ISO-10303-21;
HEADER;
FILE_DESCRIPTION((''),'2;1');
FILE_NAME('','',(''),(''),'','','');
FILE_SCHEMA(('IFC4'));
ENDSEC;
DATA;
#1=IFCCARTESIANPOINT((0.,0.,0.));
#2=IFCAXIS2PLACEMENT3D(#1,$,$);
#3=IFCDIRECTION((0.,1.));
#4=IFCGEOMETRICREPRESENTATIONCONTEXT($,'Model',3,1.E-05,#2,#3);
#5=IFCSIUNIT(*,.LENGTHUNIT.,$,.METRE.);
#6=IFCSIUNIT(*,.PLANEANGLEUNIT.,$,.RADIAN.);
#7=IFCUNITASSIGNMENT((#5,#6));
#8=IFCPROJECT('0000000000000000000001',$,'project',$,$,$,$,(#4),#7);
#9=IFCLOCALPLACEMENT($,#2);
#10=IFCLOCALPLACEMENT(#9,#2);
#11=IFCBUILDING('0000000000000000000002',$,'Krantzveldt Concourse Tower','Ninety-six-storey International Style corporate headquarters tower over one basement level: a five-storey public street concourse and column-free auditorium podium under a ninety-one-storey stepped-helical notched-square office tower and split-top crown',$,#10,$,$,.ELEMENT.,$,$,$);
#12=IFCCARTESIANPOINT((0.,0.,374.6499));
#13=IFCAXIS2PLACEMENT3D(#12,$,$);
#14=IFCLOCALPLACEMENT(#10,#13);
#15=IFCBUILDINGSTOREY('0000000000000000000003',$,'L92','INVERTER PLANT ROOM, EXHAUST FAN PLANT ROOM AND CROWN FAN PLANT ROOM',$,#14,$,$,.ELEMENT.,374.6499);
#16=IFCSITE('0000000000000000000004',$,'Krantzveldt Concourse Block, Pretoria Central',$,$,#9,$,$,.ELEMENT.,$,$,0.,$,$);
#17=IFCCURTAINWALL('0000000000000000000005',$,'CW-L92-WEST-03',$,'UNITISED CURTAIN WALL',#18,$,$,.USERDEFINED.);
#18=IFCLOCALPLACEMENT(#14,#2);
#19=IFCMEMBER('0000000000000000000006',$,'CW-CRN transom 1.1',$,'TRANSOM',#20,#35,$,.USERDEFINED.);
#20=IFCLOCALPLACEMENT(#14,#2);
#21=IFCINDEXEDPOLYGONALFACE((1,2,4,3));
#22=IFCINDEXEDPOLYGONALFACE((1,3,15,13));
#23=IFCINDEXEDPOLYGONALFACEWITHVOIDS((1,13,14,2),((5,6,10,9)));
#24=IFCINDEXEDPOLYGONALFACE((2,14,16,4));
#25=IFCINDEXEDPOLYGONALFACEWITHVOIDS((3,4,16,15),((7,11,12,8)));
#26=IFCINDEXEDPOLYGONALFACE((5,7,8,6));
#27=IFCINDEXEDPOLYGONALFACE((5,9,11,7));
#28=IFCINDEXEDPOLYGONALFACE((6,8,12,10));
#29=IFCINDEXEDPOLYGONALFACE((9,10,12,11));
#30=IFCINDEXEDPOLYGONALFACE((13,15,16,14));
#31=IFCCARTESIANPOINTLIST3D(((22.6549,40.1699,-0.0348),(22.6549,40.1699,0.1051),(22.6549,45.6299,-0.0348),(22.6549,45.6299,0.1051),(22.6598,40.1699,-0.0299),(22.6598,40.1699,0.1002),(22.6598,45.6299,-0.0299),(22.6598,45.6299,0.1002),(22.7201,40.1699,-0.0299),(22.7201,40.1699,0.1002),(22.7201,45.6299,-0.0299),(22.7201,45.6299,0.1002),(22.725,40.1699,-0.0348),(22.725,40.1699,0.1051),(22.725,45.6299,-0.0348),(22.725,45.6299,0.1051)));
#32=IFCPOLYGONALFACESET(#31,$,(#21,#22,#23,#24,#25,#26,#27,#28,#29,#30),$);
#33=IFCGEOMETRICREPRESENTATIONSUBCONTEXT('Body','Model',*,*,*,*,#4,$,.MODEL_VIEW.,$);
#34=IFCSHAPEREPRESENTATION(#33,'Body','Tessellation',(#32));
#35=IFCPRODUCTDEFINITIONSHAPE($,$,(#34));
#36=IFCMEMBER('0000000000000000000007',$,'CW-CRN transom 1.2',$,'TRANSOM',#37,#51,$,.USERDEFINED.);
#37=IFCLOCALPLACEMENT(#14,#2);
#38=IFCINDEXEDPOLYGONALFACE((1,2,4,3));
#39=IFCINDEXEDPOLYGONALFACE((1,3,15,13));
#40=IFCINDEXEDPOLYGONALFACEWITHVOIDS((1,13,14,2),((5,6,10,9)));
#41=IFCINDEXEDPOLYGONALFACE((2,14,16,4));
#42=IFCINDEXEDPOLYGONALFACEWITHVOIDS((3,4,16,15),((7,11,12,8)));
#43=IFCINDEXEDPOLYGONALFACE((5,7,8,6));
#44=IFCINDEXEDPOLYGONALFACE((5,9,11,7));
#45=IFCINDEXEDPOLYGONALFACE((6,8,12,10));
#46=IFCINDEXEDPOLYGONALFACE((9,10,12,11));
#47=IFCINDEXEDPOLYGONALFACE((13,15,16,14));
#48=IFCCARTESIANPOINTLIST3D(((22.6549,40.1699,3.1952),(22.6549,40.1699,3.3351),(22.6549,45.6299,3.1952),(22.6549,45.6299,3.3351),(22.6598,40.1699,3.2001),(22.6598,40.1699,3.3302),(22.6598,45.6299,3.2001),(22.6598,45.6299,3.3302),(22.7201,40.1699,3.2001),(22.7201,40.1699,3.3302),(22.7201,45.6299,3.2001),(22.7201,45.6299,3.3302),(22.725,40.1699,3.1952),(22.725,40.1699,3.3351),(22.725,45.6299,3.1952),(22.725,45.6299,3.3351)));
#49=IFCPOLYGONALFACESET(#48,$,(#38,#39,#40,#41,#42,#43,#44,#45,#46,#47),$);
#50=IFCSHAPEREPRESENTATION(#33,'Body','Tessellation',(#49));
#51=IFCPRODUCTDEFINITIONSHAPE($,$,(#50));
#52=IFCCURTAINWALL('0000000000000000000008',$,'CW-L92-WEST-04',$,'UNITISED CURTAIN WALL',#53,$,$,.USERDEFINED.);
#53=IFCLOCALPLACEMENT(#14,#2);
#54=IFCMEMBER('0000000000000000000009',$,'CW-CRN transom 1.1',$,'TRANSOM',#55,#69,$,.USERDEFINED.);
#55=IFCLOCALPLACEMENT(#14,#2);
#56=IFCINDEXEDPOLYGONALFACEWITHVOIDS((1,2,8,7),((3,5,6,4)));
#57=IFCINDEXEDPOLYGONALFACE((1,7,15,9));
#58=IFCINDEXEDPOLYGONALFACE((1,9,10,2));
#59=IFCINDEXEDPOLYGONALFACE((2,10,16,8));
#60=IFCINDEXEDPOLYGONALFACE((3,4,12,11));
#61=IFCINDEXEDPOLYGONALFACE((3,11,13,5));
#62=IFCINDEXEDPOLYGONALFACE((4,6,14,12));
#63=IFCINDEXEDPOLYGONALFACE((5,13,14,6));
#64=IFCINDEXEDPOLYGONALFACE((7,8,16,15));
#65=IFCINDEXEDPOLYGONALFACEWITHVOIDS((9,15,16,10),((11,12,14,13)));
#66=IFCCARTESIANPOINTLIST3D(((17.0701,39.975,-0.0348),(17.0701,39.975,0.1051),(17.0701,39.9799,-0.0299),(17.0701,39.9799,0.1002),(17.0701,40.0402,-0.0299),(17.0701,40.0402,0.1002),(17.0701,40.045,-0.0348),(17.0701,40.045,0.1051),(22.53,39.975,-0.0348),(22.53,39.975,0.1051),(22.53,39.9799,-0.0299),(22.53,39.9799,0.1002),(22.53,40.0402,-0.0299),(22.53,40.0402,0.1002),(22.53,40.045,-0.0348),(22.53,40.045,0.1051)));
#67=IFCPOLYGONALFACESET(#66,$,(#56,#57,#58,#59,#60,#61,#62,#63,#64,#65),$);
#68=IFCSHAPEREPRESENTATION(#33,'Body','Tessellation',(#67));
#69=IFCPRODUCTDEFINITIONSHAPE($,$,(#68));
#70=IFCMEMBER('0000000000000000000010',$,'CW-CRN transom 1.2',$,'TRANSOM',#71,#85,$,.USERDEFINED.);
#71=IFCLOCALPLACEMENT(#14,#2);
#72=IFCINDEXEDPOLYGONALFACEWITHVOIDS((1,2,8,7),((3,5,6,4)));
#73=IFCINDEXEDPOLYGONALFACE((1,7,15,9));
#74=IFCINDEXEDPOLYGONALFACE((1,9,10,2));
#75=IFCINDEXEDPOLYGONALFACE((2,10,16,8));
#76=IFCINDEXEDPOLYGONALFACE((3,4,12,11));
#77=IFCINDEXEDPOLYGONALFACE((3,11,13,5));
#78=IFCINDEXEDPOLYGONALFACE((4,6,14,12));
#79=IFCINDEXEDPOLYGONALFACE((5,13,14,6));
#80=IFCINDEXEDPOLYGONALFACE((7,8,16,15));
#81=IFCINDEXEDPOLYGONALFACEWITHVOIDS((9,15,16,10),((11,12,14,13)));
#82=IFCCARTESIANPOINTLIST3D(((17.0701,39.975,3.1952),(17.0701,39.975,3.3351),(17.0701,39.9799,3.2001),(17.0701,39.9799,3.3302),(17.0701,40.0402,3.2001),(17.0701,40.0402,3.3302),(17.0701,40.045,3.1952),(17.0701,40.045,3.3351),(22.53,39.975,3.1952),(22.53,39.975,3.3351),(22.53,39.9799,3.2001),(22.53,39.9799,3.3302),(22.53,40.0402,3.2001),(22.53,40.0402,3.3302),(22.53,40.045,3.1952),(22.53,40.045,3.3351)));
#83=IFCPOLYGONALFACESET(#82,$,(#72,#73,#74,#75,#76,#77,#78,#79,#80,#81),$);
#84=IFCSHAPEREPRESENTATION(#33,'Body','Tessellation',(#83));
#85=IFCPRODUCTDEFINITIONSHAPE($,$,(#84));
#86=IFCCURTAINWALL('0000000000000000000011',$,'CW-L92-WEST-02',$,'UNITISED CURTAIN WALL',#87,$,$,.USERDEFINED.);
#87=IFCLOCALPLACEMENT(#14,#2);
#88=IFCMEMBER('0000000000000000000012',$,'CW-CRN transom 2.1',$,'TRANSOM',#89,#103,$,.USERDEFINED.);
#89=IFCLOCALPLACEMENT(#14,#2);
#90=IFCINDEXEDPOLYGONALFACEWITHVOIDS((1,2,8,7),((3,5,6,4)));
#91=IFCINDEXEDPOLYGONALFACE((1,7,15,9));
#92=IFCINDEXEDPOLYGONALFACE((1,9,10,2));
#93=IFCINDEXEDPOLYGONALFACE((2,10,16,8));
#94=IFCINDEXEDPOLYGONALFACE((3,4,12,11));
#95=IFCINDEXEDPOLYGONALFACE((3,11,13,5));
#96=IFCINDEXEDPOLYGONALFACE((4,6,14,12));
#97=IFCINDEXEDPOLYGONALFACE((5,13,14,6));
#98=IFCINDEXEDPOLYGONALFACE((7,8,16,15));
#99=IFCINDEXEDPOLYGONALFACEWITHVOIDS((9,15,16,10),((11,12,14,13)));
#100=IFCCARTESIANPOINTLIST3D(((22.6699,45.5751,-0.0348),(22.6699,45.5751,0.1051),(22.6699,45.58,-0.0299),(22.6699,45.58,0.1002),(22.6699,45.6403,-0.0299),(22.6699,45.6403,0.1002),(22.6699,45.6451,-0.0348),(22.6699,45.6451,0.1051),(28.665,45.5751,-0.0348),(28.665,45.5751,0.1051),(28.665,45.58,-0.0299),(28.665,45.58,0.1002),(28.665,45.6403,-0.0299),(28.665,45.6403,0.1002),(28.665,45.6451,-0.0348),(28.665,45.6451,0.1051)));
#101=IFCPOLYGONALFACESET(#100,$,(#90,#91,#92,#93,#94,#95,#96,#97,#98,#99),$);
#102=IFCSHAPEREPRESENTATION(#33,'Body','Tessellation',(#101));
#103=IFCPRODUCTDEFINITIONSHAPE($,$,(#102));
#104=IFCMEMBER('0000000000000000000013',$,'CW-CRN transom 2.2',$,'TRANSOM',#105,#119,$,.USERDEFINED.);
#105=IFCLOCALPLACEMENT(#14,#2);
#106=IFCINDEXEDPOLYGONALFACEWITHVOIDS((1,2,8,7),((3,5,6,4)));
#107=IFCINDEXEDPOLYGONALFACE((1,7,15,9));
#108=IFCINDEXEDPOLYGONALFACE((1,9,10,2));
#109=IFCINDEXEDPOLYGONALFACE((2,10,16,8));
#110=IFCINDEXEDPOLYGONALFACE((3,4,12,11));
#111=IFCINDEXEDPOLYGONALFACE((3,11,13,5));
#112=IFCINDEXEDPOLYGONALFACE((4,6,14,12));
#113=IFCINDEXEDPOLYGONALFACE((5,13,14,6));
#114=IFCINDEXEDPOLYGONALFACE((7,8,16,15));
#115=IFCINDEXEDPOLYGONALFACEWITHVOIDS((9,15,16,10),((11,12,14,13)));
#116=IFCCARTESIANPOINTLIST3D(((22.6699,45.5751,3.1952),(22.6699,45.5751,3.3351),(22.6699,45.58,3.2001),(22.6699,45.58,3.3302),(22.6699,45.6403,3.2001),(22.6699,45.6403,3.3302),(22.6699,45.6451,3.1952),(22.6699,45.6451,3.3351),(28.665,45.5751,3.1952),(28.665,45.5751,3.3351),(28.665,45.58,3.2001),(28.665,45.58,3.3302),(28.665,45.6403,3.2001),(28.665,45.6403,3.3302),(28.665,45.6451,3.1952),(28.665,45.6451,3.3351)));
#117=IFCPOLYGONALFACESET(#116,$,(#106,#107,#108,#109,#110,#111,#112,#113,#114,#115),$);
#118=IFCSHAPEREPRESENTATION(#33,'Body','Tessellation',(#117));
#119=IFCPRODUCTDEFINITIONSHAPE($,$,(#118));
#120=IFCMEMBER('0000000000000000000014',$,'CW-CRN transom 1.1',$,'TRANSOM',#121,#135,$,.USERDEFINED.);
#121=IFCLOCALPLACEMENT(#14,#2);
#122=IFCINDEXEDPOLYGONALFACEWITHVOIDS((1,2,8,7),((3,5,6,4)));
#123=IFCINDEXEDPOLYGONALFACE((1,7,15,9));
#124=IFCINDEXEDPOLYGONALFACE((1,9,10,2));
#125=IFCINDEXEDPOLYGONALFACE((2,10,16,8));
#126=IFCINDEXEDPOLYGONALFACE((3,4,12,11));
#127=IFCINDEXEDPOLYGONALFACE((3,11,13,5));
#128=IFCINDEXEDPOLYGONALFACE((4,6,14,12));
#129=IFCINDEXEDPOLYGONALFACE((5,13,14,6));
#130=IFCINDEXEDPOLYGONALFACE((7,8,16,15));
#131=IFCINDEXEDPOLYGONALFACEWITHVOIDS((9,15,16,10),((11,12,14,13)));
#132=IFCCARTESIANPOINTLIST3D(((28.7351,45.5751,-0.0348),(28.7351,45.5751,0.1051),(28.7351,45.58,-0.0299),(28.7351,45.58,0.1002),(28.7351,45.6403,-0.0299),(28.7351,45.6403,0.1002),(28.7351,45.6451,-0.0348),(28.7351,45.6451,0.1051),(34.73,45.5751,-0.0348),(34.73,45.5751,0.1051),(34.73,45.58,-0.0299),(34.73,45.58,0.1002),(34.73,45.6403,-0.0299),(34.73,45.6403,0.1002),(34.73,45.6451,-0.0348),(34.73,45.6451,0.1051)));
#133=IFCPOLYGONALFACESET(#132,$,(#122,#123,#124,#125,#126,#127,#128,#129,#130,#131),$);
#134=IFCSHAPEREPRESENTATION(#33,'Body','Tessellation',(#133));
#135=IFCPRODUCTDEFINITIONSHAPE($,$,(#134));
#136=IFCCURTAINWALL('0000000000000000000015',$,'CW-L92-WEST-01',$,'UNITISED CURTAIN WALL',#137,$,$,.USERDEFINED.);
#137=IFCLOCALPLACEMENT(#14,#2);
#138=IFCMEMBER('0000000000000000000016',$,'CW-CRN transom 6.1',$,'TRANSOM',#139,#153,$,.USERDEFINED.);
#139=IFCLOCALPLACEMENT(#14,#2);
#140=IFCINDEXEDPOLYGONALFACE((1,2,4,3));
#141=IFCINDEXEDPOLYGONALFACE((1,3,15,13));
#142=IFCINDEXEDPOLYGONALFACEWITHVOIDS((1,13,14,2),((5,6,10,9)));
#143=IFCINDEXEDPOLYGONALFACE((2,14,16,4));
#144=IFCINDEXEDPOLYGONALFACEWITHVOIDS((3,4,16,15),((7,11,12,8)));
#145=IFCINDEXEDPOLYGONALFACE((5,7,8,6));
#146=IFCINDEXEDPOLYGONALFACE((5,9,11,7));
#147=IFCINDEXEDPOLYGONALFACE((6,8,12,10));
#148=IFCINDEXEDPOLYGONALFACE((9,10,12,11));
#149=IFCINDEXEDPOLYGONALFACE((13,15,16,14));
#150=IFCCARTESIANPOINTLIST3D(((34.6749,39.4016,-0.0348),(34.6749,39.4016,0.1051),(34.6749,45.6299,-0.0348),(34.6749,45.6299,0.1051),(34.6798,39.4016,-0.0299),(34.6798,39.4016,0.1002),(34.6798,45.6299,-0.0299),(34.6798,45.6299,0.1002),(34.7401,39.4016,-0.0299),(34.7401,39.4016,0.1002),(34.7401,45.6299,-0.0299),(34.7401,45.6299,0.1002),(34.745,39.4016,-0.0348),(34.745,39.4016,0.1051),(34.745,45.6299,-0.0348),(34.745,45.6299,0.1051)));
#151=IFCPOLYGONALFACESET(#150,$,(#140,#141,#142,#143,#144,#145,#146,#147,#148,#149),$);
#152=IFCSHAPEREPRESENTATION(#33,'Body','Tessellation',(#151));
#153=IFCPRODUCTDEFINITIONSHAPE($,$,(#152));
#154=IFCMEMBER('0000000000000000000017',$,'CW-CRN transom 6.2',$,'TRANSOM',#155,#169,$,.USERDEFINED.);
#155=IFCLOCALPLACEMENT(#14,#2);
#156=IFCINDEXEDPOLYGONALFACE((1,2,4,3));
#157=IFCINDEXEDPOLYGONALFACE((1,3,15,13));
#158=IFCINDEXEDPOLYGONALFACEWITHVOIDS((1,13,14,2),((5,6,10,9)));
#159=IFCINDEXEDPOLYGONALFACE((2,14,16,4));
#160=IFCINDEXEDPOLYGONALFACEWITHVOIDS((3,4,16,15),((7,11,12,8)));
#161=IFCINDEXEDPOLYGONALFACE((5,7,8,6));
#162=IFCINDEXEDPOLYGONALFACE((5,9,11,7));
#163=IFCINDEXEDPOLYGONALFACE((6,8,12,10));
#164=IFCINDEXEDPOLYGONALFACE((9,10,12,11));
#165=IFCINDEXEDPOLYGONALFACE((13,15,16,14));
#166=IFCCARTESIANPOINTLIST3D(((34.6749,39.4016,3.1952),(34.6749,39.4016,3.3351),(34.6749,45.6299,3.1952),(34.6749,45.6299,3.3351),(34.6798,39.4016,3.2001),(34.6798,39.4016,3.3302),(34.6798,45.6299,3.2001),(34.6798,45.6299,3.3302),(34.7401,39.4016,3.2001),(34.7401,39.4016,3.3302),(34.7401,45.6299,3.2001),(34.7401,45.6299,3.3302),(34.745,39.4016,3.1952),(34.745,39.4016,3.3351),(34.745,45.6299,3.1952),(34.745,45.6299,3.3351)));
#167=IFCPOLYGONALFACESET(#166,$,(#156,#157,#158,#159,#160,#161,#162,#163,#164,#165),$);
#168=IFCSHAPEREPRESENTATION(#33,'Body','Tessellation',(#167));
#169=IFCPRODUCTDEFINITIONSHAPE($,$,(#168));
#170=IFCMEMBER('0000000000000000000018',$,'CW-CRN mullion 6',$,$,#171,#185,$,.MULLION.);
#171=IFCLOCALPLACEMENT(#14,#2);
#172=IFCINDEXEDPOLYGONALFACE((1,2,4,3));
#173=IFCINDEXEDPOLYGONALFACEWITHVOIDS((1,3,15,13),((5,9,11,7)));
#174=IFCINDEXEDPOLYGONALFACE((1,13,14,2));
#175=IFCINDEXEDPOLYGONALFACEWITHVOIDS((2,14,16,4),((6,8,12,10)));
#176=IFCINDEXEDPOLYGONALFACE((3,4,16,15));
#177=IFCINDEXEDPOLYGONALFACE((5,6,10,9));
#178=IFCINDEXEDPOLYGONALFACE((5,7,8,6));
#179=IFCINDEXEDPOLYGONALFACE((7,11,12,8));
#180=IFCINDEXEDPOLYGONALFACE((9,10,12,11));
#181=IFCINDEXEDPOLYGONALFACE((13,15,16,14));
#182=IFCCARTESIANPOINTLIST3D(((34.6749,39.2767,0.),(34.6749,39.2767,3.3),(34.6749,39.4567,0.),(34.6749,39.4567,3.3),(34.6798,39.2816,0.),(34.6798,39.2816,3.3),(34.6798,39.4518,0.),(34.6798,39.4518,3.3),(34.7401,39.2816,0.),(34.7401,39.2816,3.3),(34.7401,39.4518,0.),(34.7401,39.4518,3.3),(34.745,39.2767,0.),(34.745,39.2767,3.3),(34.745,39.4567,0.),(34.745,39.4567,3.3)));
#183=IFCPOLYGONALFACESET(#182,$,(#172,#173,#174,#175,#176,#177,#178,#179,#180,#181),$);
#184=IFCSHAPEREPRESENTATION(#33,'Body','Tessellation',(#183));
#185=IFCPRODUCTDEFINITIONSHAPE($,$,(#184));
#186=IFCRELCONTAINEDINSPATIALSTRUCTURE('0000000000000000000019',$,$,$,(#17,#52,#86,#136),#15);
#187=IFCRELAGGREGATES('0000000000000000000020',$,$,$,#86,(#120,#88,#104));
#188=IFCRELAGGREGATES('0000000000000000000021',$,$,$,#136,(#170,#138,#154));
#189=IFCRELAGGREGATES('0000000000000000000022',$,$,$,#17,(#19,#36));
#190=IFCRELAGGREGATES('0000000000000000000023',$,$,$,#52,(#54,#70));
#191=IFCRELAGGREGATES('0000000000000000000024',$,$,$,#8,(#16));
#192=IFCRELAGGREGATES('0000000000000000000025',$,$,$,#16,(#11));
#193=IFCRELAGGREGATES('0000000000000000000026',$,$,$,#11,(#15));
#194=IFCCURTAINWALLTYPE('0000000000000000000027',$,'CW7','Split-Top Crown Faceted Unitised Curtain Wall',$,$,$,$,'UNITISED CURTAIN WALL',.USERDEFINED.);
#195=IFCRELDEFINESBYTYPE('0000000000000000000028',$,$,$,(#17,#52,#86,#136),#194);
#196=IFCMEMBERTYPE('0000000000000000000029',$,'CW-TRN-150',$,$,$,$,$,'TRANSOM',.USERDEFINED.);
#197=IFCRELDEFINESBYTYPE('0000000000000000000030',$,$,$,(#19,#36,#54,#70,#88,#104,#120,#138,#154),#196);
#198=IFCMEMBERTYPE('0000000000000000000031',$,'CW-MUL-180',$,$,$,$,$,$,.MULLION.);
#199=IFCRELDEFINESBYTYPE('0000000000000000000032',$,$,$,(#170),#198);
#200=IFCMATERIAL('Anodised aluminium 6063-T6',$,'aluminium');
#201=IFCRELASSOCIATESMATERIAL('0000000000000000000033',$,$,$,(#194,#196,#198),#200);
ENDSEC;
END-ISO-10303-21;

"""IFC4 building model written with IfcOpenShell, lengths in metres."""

from ifc_helpers import new_model, si_unit, direction, frame, origin, origin_2d, place, context, subcontext, project, spatial, hollow_rectangle, extrude, source, transform, mapped, material, material_profile, profile_set, type_object, type_shapes, element, aggregate, save


model = new_model("IFC4")

# Units and contexts
model_context = context("Model", 3, precision=1e-05, world=origin(), true_north=direction((0.0, 1.0)))
body_context = subcontext(model_context, "Body", "Model", "MODEL_VIEW")
ifc_project = project(units=[si_unit("LENGTHUNIT", "METRE"), si_unit("PLANEANGLEUNIT", "RADIAN")], contexts=[model_context])

# Site, building, storey
site_placement = place(None, origin())
site = spatial("IfcSite", under=ifc_project, at=site_placement, Name="Krantzveldt Concourse Block, Pretoria Central", CompositionType="ELEMENT", RefElevation=0.0)
building_placement = place(site_placement, origin())
building = spatial("IfcBuilding", under=site, at=building_placement, Name="Krantzveldt Concourse Tower", Description="Ninety-six-storey International Style corporate headquarters tower over one basement level: a five-storey public street concourse and column-free auditorium podium under a ninety-one-storey stepped-helical notched-square office tower and split-top crown", CompositionType="ELEMENT")
storey_placement = place(building_placement, frame((0.0, 0.0, 374.6499)))
storey = spatial("IfcBuildingStorey", under=building, at=storey_placement, Name="L92", Description="INVERTER PLANT ROOM, EXHAUST FAN PLANT ROOM AND CROWN FAN PLANT ROOM", CompositionType="ELEMENT", Elevation=374.6499)

# Curtain walls, members
ifc_material_1 = material(Name="Anodised aluminium 6063-T6", Category="aluminium")
curtain_wall_type = type_object("IfcCurtainWallType", Name="CW7", Description="Split-Top Crown Faceted Unitised Curtain Wall", ElementType="UNITISED CURTAIN WALL", PredefinedType="USERDEFINED", material=ifc_material_1)
ifc_material_profile_1 = material_profile(ifc_material_1, hollow_rectangle(XDim=0.0701, YDim=0.1399, WallThickness=0.0049, at=origin_2d()), Name="Anodised aluminium 6063-T6", Category="aluminium")
ifc_profile_set_1 = profile_set([ifc_material_profile_1], Name="Anodised aluminium 6063-T6 - ALU-TRAN 140x70x5")
member_type_1 = type_object("IfcMemberType", Name="CW-TRN-150", ElementType="TRANSOM", PredefinedType="USERDEFINED", material=ifc_profile_set_1)
curtain_wall_1_placement = place(storey_placement, origin())
curtain_wall_1 = element("IfcCurtainWall", 1, at=curtain_wall_1_placement, inside=storey, type_object=curtain_wall_type, Name="CW-L92-WEST-03", ObjectType="UNITISED CURTAIN WALL", PredefinedType="USERDEFINED")
shared_shape_1 = source(origin(), body_context, "Body", "SweptSolid", [
    extrude(hollow_rectangle(XDim=0.0701, YDim=0.1399, WallThickness=0.0049, at=origin_2d()), origin(), (0.0, 0.0, 1.0), 5.46),
])
member_1_placement = place(storey_placement, frame((22.6899, 45.6299, 0.0352), z_axis=(0.0, -1.0, 0.0), x_axis=(1.0, 0.0, 0.0)))
member_1 = element("IfcMember", 2, at=member_1_placement, type_object=member_type_1, Name="CW-CRN transom 1.1", ObjectType="TRANSOM", PredefinedType="USERDEFINED", context=body_context, shape_type="MappedRepresentation", body=[
    mapped(shared_shape_1, transform((0.0, 0.0, 0.0), x_axis=(1.0, 0.0, 0.0), y_axis=(0.0, 1.0, 0.0), z_axis=(0.0, 0.0, 1.0), scale=1.0)),
])
member_2_placement = place(storey_placement, frame((22.6899, 45.6299, 3.2651), z_axis=(0.0, -1.0, 0.0), x_axis=(1.0, 0.0, 0.0)))
member_2 = element("IfcMember", 3, at=member_2_placement, type_object=member_type_1, Name="CW-CRN transom 1.2", ObjectType="TRANSOM", PredefinedType="USERDEFINED", context=body_context, shape_type="MappedRepresentation", body=[
    mapped(shared_shape_1, transform((0.0, 0.0, 0.0), x_axis=(1.0, 0.0, 0.0), y_axis=(0.0, 1.0, 0.0), z_axis=(0.0, 0.0, 1.0), scale=1.0)),
])
curtain_wall_2_placement = place(storey_placement, origin())
curtain_wall_2 = element("IfcCurtainWall", 4, at=curtain_wall_2_placement, inside=storey, type_object=curtain_wall_type, Name="CW-L92-WEST-04", ObjectType="UNITISED CURTAIN WALL", PredefinedType="USERDEFINED")
member_3_placement = place(storey_placement, frame((22.53, 40.01, 0.0352), z_axis=(-1.0, 0.0, 0.0), x_axis=(0.0, -1.0, 0.0)))
member_3 = element("IfcMember", 5, at=member_3_placement, type_object=member_type_1, Name="CW-CRN transom 1.1", ObjectType="TRANSOM", PredefinedType="USERDEFINED", context=body_context, shape_type="MappedRepresentation", body=[
    mapped(shared_shape_1, transform((0.0, 0.0, 0.0), x_axis=(1.0, 0.0, 0.0), y_axis=(0.0, 1.0, 0.0), z_axis=(0.0, 0.0, 1.0), scale=1.0)),
])
member_4_placement = place(storey_placement, frame((22.53, 40.01, 3.2651), z_axis=(-1.0, 0.0, 0.0), x_axis=(0.0, -1.0, 0.0)))
member_4 = element("IfcMember", 6, at=member_4_placement, type_object=member_type_1, Name="CW-CRN transom 1.2", ObjectType="TRANSOM", PredefinedType="USERDEFINED", context=body_context, shape_type="MappedRepresentation", body=[
    mapped(shared_shape_1, transform((0.0, 0.0, 0.0), x_axis=(1.0, 0.0, 0.0), y_axis=(0.0, 1.0, 0.0), z_axis=(0.0, 0.0, 1.0), scale=1.0)),
])
curtain_wall_3_placement = place(storey_placement, origin())
curtain_wall_3 = element("IfcCurtainWall", 7, at=curtain_wall_3_placement, inside=storey, type_object=curtain_wall_type, Name="CW-L92-WEST-02", ObjectType="UNITISED CURTAIN WALL", PredefinedType="USERDEFINED")
shared_shape_2 = source(origin(), body_context, "Body", "SweptSolid", [
    extrude(hollow_rectangle(XDim=0.0701, YDim=0.1399, WallThickness=0.0049, at=origin_2d()), origin(), (0.0, 0.0, 1.0), 5.9951),
])
member_5_placement = place(storey_placement, frame((28.665, 45.6101, 0.0352), z_axis=(-1.0, 0.0, 0.0), x_axis=(0.0, -1.0, 0.0)))
member_5 = element("IfcMember", 8, at=member_5_placement, type_object=member_type_1, Name="CW-CRN transom 2.1", ObjectType="TRANSOM", PredefinedType="USERDEFINED", context=body_context, shape_type="MappedRepresentation", body=[
    mapped(shared_shape_2, transform((0.0, 0.0, 0.0), x_axis=(1.0, 0.0, 0.0), y_axis=(0.0, 1.0, 0.0), z_axis=(0.0, 0.0, 1.0), scale=1.0)),
])
member_6_placement = place(storey_placement, frame((28.665, 45.6101, 3.2651), z_axis=(-1.0, 0.0, 0.0), x_axis=(0.0, -1.0, 0.0)))
member_6 = element("IfcMember", 9, at=member_6_placement, type_object=member_type_1, Name="CW-CRN transom 2.2", ObjectType="TRANSOM", PredefinedType="USERDEFINED", context=body_context, shape_type="MappedRepresentation", body=[
    mapped(shared_shape_2, transform((0.0, 0.0, 0.0), x_axis=(1.0, 0.0, 0.0), y_axis=(0.0, 1.0, 0.0), z_axis=(0.0, 0.0, 1.0), scale=1.0)),
])
shared_shape_3 = source(origin(), body_context, "Body", "SweptSolid", [
    extrude(hollow_rectangle(XDim=0.0701, YDim=0.1399, WallThickness=0.0049, at=origin_2d()), origin(), (0.0, 0.0, 1.0), 5.9949),
])
member_7_placement = place(storey_placement, frame((34.73, 45.6101, 0.0352), z_axis=(-1.0, 0.0, 0.0), x_axis=(0.0, -1.0, 0.0)))
member_7 = element("IfcMember", 10, at=member_7_placement, type_object=member_type_1, Name="CW-CRN transom 1.1", ObjectType="TRANSOM", PredefinedType="USERDEFINED", context=body_context, shape_type="MappedRepresentation", body=[
    mapped(shared_shape_3, transform((0.0, 0.0, 0.0), x_axis=(1.0, 0.0, 0.0), y_axis=(0.0, 1.0, 0.0), z_axis=(0.0, 0.0, 1.0), scale=1.0)),
])
curtain_wall_4_placement = place(storey_placement, origin())
curtain_wall_4 = element("IfcCurtainWall", 11, at=curtain_wall_4_placement, inside=storey, type_object=curtain_wall_type, Name="CW-L92-WEST-01", ObjectType="UNITISED CURTAIN WALL", PredefinedType="USERDEFINED")
shared_shape_4 = source(origin(), body_context, "Body", "SweptSolid", [
    extrude(hollow_rectangle(XDim=0.0701, YDim=0.1399, WallThickness=0.0049, at=origin_2d()), origin(), (0.0, 0.0, 1.0), 6.2283),
])
member_8_placement = place(storey_placement, frame((34.71, 39.4016, 0.0352), z_axis=(0.0, 1.0, 0.0), x_axis=(-1.0, 0.0, 0.0)))
member_8 = element("IfcMember", 12, at=member_8_placement, type_object=member_type_1, Name="CW-CRN transom 6.1", ObjectType="TRANSOM", PredefinedType="USERDEFINED", context=body_context, shape_type="MappedRepresentation", body=[
    mapped(shared_shape_4, transform((0.0, 0.0, 0.0), x_axis=(1.0, 0.0, 0.0), y_axis=(0.0, 1.0, 0.0), z_axis=(0.0, 0.0, 1.0), scale=1.0)),
])
member_9_placement = place(storey_placement, frame((34.71, 39.4016, 3.2651), z_axis=(0.0, 1.0, 0.0), x_axis=(-1.0, 0.0, 0.0)))
member_9 = element("IfcMember", 13, at=member_9_placement, type_object=member_type_1, Name="CW-CRN transom 6.2", ObjectType="TRANSOM", PredefinedType="USERDEFINED", context=body_context, shape_type="MappedRepresentation", body=[
    mapped(shared_shape_4, transform((0.0, 0.0, 0.0), x_axis=(1.0, 0.0, 0.0), y_axis=(0.0, 1.0, 0.0), z_axis=(0.0, 0.0, 1.0), scale=1.0)),
])
ifc_material_profile_2 = material_profile(ifc_material_1, hollow_rectangle(XDim=0.0701, YDim=0.1799, WallThickness=0.0049, at=origin_2d()), Name="Anodised aluminium 6063-T6", Category="aluminium")
ifc_profile_set_2 = profile_set([ifc_material_profile_2], Name="Anodised aluminium 6063-T6 - ALU-MULL 180x70x5")
member_type_2 = type_object("IfcMemberType", Name="CW-MUL-180", PredefinedType="MULLION", material=ifc_profile_set_2)
shared_shape_5 = source(origin(), body_context, "Body", "SweptSolid", [
    extrude(hollow_rectangle(XDim=0.0701, YDim=0.1799, WallThickness=0.0049, at=origin_2d()), origin(), (0.0, 0.0, 1.0), 3.3),
])
type_shapes(member_type_2, [shared_shape_5])
member_10_placement = place(storey_placement, frame((34.71, 39.3667, 0.0), z_axis=(0.0, 0.0, 1.0), x_axis=(-1.0, 0.0, 0.0)))
member_10 = element("IfcMember", 14, at=member_10_placement, type_object=member_type_2, Name="CW-CRN mullion 6", PredefinedType="MULLION", context=body_context, shape_type="MappedRepresentation", body=[
    mapped(shared_shape_5, transform((0.0, 0.0, 0.0), x_axis=(1.0, 0.0, 0.0), y_axis=(0.0, 1.0, 0.0), z_axis=(0.0, 0.0, 1.0), scale=1.0)),
])

aggregate(curtain_wall_3, [member_7, member_5, member_6])
aggregate(curtain_wall_4, [member_10, member_8, member_9])
aggregate(curtain_wall_1, [member_1, member_2])
aggregate(curtain_wall_2, [member_3, member_4])

save(model, "model.ifc")
